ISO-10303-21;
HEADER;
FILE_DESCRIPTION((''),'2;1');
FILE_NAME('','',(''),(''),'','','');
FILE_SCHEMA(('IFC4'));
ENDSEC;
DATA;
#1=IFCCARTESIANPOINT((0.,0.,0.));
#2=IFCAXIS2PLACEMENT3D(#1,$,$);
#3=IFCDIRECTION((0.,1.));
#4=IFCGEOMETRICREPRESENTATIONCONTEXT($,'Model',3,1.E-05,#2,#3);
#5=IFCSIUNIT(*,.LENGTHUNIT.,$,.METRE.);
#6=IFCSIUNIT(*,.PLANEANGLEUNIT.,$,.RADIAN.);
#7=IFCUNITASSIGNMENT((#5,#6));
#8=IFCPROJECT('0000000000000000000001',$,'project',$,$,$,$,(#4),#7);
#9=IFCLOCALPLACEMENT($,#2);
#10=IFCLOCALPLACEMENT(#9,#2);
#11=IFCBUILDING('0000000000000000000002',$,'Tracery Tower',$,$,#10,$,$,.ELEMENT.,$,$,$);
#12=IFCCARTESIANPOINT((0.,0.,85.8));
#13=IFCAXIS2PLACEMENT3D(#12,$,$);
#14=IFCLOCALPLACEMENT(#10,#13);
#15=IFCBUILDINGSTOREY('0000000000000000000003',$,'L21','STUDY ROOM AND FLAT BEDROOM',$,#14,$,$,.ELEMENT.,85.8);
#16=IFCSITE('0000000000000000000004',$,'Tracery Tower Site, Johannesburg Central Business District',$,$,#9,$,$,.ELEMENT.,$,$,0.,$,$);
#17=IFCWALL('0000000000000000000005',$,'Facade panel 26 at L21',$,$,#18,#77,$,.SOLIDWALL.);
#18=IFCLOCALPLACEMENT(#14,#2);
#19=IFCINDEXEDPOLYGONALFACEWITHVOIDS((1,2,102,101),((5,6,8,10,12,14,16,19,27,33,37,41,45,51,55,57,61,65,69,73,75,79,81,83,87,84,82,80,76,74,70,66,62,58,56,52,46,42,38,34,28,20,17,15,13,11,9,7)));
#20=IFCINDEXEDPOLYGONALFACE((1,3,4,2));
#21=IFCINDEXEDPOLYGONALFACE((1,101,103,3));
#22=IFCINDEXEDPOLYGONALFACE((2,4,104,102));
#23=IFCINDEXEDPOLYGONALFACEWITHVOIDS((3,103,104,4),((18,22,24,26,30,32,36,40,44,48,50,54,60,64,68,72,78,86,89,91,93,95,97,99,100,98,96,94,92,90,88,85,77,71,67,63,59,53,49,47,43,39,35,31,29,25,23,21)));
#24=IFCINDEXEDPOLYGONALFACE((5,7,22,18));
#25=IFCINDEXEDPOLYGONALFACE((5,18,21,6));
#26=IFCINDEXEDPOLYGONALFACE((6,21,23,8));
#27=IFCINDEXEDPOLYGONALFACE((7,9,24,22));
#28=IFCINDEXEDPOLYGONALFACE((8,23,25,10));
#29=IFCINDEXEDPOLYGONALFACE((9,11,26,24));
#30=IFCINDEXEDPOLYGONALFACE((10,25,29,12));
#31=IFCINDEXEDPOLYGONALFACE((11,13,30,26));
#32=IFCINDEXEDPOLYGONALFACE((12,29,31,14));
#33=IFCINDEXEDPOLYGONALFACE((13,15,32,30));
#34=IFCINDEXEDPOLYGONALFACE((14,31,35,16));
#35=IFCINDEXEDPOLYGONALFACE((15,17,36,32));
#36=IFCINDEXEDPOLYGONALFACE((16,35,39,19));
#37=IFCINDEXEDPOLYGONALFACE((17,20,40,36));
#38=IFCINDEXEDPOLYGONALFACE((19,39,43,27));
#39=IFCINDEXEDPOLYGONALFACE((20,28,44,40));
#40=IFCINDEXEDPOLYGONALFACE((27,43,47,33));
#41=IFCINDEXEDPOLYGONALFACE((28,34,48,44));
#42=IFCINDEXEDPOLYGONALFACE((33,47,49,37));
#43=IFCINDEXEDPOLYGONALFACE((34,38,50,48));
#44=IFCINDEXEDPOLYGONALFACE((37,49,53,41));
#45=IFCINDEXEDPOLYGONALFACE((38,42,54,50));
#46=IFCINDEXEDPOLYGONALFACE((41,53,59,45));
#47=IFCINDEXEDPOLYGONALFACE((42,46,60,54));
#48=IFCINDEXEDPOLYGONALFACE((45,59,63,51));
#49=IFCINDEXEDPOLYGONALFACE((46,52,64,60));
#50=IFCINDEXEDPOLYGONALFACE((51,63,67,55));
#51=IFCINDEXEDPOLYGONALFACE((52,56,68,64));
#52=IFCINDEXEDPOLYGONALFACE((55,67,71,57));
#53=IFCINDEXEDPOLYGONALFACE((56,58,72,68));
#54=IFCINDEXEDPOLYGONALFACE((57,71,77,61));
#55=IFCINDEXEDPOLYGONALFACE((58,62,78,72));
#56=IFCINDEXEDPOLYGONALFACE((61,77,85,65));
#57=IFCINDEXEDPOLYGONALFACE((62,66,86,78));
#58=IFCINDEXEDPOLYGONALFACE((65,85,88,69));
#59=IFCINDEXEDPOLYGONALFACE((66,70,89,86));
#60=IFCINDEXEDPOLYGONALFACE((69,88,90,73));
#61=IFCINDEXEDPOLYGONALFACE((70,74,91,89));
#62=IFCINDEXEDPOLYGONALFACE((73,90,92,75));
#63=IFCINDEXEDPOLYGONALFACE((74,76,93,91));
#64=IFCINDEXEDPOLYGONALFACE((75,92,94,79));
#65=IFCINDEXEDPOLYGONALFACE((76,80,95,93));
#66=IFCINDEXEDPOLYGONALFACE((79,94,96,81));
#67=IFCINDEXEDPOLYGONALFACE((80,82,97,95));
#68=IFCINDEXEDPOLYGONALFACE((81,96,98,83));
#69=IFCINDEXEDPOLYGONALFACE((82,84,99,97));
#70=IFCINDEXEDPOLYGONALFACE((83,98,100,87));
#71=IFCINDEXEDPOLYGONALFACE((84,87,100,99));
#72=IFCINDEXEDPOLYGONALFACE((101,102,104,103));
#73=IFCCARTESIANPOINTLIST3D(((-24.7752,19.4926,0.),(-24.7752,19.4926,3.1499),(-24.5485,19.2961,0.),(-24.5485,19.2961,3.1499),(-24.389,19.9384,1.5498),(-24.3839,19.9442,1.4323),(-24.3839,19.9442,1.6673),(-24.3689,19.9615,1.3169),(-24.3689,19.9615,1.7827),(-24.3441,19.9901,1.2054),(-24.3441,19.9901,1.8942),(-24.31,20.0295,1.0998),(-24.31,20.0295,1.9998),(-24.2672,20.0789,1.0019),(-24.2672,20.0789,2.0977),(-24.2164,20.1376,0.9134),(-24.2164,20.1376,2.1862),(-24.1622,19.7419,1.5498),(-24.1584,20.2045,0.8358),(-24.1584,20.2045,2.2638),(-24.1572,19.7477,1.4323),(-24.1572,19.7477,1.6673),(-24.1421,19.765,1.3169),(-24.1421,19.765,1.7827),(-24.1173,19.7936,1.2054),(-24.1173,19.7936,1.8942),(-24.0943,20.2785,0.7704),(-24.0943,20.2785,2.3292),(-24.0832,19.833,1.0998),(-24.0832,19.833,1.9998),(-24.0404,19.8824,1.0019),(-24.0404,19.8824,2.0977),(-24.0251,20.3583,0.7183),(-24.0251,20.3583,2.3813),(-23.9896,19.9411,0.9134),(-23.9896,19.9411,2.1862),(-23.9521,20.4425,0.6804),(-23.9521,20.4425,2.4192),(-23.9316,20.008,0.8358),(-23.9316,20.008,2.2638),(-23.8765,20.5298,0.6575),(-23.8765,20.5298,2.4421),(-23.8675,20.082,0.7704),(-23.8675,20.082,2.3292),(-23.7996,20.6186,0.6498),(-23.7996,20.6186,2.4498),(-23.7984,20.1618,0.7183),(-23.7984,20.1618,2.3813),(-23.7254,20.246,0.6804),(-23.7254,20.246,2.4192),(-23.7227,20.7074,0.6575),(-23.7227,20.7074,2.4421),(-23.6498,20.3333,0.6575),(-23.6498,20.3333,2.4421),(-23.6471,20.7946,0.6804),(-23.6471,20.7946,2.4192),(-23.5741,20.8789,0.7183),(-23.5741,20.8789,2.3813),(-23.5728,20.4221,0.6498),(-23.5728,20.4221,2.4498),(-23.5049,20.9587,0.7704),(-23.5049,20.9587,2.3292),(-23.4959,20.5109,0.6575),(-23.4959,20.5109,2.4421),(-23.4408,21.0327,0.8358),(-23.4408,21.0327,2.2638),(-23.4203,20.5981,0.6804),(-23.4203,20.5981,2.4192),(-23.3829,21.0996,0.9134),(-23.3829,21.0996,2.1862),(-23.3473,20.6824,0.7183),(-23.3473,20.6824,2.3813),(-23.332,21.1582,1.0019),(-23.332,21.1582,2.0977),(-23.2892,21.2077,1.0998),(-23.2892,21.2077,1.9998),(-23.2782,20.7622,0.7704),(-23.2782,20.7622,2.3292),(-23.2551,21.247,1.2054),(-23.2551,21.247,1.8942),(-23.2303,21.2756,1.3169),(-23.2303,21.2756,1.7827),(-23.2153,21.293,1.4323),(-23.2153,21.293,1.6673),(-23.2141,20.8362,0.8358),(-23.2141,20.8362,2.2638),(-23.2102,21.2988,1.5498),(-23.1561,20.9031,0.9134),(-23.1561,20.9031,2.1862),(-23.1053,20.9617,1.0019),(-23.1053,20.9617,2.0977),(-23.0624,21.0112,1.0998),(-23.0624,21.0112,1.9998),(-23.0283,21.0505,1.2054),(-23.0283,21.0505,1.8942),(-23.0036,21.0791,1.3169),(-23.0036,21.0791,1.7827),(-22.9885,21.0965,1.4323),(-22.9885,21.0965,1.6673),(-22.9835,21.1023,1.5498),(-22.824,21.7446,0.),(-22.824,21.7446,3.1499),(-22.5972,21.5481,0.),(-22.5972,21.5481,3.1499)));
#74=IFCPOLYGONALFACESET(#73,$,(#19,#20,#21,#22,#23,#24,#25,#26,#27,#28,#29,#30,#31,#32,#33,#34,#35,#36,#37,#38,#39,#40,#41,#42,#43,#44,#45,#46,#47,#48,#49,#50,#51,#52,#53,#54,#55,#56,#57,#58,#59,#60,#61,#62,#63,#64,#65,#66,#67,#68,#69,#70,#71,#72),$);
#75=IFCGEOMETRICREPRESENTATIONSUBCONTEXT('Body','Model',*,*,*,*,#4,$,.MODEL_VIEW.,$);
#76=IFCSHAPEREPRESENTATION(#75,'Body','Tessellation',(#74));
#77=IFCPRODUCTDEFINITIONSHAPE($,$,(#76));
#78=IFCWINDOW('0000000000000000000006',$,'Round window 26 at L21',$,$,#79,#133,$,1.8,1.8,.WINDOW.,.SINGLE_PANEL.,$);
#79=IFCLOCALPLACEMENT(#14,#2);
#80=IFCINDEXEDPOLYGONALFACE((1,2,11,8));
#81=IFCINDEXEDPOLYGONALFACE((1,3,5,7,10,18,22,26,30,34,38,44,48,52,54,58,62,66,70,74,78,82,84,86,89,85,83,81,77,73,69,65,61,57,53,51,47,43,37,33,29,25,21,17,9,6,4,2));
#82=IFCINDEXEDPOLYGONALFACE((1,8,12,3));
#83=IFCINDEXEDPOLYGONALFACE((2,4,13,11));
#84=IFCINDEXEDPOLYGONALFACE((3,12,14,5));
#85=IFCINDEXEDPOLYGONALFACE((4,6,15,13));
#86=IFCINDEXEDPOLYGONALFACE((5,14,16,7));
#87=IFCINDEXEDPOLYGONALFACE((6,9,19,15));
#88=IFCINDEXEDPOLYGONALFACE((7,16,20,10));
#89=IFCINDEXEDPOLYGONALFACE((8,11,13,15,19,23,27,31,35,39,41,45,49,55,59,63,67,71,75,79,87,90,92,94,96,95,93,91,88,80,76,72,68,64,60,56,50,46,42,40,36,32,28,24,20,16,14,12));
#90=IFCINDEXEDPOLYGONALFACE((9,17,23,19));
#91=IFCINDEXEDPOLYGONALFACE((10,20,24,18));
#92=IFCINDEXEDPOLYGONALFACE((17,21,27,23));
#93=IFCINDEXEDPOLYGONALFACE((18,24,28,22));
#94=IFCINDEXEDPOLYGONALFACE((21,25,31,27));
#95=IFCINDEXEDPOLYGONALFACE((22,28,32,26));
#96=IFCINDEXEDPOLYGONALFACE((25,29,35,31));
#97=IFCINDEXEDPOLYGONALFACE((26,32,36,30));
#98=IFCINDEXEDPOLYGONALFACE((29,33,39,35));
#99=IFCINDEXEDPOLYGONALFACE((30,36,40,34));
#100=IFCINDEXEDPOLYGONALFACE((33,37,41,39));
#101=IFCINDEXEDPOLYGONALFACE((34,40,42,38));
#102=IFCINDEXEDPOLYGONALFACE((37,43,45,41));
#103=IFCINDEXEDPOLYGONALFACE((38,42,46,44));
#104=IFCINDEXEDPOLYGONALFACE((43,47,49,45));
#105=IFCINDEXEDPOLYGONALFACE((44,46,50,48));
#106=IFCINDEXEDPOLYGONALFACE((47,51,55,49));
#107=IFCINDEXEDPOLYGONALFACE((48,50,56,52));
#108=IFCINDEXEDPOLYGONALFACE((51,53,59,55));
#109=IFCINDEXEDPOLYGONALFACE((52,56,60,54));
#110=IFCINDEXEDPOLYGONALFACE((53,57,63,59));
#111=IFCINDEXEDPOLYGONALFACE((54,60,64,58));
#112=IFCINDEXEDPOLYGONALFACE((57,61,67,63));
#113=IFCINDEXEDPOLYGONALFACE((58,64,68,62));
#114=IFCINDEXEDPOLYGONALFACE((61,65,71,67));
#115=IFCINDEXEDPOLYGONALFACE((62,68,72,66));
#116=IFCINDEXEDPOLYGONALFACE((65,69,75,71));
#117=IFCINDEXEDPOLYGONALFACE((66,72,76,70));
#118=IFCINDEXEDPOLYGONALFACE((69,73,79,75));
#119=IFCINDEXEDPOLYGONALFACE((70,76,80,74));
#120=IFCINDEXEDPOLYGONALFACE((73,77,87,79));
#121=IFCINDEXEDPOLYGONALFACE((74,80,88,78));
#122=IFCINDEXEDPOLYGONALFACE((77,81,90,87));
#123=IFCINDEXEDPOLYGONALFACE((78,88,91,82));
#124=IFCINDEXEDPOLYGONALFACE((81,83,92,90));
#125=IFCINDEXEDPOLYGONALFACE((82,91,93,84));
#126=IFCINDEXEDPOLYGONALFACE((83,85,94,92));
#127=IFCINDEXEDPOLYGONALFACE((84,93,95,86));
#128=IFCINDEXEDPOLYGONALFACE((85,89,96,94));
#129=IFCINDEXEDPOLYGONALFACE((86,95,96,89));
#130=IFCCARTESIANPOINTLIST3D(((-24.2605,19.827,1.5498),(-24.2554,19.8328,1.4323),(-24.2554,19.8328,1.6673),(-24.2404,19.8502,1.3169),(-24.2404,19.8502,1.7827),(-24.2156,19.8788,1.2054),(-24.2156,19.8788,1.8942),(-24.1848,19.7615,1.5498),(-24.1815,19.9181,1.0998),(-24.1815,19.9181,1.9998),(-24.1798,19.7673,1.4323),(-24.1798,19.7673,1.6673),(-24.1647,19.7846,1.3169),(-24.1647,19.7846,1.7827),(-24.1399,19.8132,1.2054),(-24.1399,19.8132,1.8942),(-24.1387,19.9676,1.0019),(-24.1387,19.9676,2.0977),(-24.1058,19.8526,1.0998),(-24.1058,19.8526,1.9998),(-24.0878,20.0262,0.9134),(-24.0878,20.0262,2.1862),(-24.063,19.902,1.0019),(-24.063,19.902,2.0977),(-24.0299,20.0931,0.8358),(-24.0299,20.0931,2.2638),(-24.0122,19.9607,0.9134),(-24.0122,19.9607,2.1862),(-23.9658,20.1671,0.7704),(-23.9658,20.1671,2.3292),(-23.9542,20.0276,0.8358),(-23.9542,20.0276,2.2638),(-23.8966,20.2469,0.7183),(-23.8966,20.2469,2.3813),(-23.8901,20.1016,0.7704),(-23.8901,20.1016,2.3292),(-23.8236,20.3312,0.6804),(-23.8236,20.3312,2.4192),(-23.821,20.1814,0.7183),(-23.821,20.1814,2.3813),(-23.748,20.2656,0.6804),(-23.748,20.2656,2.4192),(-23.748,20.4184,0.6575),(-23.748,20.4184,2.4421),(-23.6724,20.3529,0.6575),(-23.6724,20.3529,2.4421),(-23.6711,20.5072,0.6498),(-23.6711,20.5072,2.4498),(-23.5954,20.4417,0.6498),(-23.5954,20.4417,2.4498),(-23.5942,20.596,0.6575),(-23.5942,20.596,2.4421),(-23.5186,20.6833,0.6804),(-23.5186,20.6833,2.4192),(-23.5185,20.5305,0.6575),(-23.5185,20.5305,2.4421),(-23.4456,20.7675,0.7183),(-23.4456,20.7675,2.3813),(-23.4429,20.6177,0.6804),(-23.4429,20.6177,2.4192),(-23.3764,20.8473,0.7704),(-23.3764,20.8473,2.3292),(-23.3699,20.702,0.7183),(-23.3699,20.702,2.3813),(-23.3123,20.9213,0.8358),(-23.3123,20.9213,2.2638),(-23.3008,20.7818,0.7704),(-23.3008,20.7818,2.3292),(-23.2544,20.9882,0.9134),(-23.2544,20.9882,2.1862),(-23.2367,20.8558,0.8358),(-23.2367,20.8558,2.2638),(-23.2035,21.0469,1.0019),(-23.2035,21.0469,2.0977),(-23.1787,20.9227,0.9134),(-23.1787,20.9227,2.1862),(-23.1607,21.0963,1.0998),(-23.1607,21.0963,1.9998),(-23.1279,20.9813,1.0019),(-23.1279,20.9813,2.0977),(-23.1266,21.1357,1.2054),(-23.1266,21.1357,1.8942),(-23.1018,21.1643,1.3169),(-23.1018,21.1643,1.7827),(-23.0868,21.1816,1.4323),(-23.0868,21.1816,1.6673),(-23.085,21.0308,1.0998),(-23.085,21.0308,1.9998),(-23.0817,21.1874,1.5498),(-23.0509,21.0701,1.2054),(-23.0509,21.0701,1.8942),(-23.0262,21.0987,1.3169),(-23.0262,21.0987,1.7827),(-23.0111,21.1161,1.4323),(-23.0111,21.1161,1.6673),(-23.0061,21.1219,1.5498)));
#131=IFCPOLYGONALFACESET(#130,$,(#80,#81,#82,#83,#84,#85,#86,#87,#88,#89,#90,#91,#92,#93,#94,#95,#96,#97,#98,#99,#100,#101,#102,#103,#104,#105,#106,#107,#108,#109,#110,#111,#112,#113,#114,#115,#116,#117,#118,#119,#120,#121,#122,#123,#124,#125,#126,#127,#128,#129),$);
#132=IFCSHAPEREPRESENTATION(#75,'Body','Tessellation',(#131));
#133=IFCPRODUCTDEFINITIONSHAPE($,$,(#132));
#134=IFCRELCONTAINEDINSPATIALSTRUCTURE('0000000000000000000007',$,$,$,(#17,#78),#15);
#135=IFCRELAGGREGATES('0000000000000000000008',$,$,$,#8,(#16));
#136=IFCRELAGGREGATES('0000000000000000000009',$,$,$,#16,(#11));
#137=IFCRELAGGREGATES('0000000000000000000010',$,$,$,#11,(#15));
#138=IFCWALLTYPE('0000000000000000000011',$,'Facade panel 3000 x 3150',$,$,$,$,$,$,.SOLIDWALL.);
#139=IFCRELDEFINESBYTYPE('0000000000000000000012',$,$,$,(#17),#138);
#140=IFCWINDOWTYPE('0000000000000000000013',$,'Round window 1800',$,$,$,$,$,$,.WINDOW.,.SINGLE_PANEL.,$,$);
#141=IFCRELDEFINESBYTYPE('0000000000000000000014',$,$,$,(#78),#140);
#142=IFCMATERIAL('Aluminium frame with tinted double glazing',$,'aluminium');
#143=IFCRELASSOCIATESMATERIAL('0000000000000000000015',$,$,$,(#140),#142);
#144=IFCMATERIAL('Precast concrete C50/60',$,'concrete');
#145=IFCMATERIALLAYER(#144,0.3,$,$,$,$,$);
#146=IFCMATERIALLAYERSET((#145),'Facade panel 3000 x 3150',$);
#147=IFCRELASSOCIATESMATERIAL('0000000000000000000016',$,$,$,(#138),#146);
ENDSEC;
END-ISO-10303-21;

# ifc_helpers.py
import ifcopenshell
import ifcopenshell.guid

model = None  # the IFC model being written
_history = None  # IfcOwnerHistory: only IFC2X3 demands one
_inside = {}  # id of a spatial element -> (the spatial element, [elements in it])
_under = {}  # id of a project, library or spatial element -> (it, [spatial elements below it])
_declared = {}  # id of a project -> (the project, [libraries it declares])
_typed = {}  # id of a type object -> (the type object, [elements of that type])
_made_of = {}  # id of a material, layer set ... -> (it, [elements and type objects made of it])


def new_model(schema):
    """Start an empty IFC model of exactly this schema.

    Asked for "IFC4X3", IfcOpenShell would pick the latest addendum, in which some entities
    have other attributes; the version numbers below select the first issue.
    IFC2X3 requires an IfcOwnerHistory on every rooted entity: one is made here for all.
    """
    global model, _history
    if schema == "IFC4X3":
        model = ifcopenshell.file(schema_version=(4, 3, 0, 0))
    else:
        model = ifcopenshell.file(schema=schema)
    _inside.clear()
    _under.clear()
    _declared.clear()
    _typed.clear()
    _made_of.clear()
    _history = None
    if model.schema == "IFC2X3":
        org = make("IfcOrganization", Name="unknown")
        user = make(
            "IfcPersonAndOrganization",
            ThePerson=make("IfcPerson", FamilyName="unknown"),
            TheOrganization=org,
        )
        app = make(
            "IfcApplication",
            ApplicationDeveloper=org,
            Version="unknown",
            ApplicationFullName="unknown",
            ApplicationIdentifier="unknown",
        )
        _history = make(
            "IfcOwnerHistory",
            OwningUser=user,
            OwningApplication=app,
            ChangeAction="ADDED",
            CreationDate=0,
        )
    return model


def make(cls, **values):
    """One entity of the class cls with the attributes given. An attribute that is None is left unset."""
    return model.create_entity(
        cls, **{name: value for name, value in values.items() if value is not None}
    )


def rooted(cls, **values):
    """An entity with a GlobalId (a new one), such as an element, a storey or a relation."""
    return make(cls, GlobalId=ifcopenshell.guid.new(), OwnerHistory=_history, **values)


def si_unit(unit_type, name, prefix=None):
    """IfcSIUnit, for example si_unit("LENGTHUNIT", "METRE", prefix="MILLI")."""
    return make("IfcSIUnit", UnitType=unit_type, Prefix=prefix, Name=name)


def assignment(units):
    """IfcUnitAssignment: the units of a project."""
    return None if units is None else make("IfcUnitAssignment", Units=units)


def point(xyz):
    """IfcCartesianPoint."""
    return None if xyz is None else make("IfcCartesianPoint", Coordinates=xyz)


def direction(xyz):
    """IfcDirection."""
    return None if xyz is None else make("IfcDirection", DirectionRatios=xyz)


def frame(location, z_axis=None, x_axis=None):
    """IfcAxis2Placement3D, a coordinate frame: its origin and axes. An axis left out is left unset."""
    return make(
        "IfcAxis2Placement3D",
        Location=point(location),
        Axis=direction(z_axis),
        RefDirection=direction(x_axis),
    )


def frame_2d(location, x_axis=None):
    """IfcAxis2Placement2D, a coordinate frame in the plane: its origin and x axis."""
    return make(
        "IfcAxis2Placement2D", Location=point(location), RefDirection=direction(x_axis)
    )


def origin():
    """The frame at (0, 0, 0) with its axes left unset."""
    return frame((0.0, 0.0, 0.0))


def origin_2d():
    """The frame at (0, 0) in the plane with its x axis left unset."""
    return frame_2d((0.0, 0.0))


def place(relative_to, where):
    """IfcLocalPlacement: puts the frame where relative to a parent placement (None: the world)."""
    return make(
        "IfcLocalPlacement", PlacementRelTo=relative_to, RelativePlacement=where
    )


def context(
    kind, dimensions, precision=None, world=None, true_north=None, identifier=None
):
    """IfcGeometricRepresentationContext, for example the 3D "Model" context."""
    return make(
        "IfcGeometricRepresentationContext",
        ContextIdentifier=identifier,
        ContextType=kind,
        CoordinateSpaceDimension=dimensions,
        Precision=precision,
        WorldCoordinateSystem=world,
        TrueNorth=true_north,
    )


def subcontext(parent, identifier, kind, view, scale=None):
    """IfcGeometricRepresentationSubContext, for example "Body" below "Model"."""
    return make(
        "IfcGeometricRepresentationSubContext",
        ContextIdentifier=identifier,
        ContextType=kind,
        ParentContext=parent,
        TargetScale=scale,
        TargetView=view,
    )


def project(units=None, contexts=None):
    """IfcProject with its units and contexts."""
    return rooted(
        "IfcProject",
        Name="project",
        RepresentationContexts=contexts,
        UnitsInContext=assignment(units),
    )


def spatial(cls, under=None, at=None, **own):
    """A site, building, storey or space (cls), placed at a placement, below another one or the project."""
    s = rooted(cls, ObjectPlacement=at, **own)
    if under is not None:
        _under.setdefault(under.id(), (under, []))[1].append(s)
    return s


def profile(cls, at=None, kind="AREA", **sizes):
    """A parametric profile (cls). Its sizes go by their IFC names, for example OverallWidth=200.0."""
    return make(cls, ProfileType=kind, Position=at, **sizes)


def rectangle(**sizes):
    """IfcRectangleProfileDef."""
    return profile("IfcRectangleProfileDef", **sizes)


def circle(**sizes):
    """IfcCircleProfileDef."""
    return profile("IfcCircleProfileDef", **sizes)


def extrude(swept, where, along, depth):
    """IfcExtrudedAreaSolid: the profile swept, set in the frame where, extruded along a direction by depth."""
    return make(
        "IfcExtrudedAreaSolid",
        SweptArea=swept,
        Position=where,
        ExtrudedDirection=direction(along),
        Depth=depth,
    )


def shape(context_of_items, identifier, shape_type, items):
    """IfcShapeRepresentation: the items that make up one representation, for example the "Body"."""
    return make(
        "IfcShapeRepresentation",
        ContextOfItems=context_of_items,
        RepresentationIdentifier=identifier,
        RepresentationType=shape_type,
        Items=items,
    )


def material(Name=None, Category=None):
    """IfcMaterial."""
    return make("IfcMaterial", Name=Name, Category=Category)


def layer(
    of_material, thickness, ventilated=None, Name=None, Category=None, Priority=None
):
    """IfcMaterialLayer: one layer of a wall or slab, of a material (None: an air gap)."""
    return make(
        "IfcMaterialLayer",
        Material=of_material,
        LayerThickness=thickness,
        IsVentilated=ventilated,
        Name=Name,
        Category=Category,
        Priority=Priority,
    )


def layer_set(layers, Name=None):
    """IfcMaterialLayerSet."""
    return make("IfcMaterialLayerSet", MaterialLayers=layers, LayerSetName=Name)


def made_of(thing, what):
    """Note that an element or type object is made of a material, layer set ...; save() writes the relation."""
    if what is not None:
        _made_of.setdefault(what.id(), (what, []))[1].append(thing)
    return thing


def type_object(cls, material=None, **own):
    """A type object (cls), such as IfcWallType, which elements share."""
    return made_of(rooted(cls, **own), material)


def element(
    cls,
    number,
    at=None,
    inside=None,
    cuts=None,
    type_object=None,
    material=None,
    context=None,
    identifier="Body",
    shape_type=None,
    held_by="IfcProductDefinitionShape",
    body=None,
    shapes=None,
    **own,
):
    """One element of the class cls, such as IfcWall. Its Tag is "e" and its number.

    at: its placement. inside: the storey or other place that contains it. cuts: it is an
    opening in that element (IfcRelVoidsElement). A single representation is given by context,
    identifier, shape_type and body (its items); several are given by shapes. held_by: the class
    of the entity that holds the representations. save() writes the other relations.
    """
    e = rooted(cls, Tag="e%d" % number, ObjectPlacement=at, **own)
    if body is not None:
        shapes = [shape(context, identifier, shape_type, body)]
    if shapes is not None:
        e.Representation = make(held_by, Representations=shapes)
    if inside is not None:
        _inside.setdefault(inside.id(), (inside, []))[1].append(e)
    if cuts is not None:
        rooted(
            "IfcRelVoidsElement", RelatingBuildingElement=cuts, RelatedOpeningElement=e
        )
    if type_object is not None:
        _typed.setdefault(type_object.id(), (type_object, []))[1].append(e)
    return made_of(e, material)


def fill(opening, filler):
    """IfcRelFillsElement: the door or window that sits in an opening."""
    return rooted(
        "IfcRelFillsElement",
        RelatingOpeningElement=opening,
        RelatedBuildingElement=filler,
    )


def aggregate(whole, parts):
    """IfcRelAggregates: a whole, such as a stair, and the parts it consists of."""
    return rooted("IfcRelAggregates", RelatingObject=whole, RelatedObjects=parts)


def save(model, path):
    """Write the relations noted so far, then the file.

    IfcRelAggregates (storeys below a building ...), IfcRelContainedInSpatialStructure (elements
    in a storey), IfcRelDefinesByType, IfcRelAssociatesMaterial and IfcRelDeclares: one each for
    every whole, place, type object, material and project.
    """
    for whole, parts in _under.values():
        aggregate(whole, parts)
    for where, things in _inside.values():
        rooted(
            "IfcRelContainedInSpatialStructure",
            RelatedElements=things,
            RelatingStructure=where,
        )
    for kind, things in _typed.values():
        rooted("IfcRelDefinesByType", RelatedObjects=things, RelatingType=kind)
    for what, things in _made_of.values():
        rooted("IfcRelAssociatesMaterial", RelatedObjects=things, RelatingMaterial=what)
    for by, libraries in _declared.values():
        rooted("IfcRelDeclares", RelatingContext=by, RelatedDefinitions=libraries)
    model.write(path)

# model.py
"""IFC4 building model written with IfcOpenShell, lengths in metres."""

from ifc_helpers import new_model, si_unit, direction, frame, frame_2d, origin, origin_2d, place, context, subcontext, project, spatial, rectangle, circle, extrude, material, layer, layer_set, type_object, element, fill, save


model = new_model("IFC4")

# Units and contexts
model_context = context("Model", 3, precision=1e-05, world=origin(), true_north=direction((0.0, 1.0)))
body_context = subcontext(model_context, "Body", "Model", "MODEL_VIEW")
ifc_project = project(units=[si_unit("LENGTHUNIT", "METRE"), si_unit("PLANEANGLEUNIT", "RADIAN")], contexts=[model_context])

# Site, building, storey
site_placement = place(None, origin())
site = spatial("IfcSite", under=ifc_project, at=site_placement, Name="Tracery Tower Site, Johannesburg Central Business District", CompositionType="ELEMENT", RefElevation=0.0)
building_placement = place(site_placement, origin())
building = spatial("IfcBuilding", under=site, at=building_placement, Name="Tracery Tower", CompositionType="ELEMENT")
storey_placement = place(building_placement, frame((0.0, 0.0, 85.8)))
storey = spatial("IfcBuildingStorey", under=building, at=storey_placement, Name="L21", Description="STUDY ROOM AND FLAT BEDROOM", CompositionType="ELEMENT", Elevation=85.8)

# Wall, opening, window
ifc_material_1 = material(Name="Aluminium frame with tinted double glazing", Category="aluminium")
window_type = type_object("IfcWindowType", Name="Round window 1800", PartitioningType="SINGLE_PANEL", PredefinedType="WINDOW", material=ifc_material_1)
ifc_material_2 = material(Name="Precast concrete C50/60", Category="concrete")
ifc_layer_1 = layer(ifc_material_2, 0.3)
ifc_layer_set_1 = layer_set([ifc_layer_1], Name="Facade panel 3000 x 3150")
wall_type_1 = type_object("IfcWallType", Name="Facade panel 3000 x 3150", PredefinedType="SOLIDWALL", material=ifc_layer_set_1)
wall_1_placement = place(storey_placement, frame((-22.7107, 21.6462, 0.0), z_axis=(0.0, 0.0, 1.0), x_axis=(-0.654831, -0.755776, 0.0)))
wall_1 = element("IfcWall", 1, at=wall_1_placement, inside=storey, type_object=wall_type_1, Name="Facade panel 26 at L21", PredefinedType="SOLIDWALL", context=body_context, shape_type="SweptSolid", body=[
    extrude(rectangle(XDim=2.9797, YDim=0.3, at=frame_2d((1.4897, 0.0))), origin(), (0.0, 0.0, 1.0), 3.1499),
])
opening_1_placement = place(wall_1_placement, frame((1.4897, 0.0, 1.5498)))
opening_1 = element("IfcOpeningElement", 2, at=opening_1_placement, cuts=wall_1, PredefinedType="OPENING", context=body_context, shape_type="SweptSolid", body=[
    extrude(circle(Radius=0.9, at=origin_2d()), frame((0.0, 0.1599, 0.0), z_axis=(0.0, -1.0, 0.0), x_axis=(1.0, 0.0, 0.0)), (0.0, 0.0, 1.0), 0.3201),
])
window_1_placement = place(opening_1_placement, origin())
window_1 = element("IfcWindow", 3, at=window_1_placement, inside=storey, type_object=window_type, Name="Round window 26 at L21", OverallHeight=1.8, OverallWidth=1.8, PartitioningType="SINGLE_PANEL", PredefinedType="WINDOW", context=body_context, shape_type="SweptSolid", body=[
    extrude(circle(Radius=0.9, at=origin_2d()), frame((0.0, 0.1201, 0.0), z_axis=(0.0, -1.0, 0.0), x_axis=(1.0, 0.0, 0.0)), (0.0, 0.0, 1.0), 0.1001),
])
fill(opening_1, window_1)

save(model, "model.ifc")
